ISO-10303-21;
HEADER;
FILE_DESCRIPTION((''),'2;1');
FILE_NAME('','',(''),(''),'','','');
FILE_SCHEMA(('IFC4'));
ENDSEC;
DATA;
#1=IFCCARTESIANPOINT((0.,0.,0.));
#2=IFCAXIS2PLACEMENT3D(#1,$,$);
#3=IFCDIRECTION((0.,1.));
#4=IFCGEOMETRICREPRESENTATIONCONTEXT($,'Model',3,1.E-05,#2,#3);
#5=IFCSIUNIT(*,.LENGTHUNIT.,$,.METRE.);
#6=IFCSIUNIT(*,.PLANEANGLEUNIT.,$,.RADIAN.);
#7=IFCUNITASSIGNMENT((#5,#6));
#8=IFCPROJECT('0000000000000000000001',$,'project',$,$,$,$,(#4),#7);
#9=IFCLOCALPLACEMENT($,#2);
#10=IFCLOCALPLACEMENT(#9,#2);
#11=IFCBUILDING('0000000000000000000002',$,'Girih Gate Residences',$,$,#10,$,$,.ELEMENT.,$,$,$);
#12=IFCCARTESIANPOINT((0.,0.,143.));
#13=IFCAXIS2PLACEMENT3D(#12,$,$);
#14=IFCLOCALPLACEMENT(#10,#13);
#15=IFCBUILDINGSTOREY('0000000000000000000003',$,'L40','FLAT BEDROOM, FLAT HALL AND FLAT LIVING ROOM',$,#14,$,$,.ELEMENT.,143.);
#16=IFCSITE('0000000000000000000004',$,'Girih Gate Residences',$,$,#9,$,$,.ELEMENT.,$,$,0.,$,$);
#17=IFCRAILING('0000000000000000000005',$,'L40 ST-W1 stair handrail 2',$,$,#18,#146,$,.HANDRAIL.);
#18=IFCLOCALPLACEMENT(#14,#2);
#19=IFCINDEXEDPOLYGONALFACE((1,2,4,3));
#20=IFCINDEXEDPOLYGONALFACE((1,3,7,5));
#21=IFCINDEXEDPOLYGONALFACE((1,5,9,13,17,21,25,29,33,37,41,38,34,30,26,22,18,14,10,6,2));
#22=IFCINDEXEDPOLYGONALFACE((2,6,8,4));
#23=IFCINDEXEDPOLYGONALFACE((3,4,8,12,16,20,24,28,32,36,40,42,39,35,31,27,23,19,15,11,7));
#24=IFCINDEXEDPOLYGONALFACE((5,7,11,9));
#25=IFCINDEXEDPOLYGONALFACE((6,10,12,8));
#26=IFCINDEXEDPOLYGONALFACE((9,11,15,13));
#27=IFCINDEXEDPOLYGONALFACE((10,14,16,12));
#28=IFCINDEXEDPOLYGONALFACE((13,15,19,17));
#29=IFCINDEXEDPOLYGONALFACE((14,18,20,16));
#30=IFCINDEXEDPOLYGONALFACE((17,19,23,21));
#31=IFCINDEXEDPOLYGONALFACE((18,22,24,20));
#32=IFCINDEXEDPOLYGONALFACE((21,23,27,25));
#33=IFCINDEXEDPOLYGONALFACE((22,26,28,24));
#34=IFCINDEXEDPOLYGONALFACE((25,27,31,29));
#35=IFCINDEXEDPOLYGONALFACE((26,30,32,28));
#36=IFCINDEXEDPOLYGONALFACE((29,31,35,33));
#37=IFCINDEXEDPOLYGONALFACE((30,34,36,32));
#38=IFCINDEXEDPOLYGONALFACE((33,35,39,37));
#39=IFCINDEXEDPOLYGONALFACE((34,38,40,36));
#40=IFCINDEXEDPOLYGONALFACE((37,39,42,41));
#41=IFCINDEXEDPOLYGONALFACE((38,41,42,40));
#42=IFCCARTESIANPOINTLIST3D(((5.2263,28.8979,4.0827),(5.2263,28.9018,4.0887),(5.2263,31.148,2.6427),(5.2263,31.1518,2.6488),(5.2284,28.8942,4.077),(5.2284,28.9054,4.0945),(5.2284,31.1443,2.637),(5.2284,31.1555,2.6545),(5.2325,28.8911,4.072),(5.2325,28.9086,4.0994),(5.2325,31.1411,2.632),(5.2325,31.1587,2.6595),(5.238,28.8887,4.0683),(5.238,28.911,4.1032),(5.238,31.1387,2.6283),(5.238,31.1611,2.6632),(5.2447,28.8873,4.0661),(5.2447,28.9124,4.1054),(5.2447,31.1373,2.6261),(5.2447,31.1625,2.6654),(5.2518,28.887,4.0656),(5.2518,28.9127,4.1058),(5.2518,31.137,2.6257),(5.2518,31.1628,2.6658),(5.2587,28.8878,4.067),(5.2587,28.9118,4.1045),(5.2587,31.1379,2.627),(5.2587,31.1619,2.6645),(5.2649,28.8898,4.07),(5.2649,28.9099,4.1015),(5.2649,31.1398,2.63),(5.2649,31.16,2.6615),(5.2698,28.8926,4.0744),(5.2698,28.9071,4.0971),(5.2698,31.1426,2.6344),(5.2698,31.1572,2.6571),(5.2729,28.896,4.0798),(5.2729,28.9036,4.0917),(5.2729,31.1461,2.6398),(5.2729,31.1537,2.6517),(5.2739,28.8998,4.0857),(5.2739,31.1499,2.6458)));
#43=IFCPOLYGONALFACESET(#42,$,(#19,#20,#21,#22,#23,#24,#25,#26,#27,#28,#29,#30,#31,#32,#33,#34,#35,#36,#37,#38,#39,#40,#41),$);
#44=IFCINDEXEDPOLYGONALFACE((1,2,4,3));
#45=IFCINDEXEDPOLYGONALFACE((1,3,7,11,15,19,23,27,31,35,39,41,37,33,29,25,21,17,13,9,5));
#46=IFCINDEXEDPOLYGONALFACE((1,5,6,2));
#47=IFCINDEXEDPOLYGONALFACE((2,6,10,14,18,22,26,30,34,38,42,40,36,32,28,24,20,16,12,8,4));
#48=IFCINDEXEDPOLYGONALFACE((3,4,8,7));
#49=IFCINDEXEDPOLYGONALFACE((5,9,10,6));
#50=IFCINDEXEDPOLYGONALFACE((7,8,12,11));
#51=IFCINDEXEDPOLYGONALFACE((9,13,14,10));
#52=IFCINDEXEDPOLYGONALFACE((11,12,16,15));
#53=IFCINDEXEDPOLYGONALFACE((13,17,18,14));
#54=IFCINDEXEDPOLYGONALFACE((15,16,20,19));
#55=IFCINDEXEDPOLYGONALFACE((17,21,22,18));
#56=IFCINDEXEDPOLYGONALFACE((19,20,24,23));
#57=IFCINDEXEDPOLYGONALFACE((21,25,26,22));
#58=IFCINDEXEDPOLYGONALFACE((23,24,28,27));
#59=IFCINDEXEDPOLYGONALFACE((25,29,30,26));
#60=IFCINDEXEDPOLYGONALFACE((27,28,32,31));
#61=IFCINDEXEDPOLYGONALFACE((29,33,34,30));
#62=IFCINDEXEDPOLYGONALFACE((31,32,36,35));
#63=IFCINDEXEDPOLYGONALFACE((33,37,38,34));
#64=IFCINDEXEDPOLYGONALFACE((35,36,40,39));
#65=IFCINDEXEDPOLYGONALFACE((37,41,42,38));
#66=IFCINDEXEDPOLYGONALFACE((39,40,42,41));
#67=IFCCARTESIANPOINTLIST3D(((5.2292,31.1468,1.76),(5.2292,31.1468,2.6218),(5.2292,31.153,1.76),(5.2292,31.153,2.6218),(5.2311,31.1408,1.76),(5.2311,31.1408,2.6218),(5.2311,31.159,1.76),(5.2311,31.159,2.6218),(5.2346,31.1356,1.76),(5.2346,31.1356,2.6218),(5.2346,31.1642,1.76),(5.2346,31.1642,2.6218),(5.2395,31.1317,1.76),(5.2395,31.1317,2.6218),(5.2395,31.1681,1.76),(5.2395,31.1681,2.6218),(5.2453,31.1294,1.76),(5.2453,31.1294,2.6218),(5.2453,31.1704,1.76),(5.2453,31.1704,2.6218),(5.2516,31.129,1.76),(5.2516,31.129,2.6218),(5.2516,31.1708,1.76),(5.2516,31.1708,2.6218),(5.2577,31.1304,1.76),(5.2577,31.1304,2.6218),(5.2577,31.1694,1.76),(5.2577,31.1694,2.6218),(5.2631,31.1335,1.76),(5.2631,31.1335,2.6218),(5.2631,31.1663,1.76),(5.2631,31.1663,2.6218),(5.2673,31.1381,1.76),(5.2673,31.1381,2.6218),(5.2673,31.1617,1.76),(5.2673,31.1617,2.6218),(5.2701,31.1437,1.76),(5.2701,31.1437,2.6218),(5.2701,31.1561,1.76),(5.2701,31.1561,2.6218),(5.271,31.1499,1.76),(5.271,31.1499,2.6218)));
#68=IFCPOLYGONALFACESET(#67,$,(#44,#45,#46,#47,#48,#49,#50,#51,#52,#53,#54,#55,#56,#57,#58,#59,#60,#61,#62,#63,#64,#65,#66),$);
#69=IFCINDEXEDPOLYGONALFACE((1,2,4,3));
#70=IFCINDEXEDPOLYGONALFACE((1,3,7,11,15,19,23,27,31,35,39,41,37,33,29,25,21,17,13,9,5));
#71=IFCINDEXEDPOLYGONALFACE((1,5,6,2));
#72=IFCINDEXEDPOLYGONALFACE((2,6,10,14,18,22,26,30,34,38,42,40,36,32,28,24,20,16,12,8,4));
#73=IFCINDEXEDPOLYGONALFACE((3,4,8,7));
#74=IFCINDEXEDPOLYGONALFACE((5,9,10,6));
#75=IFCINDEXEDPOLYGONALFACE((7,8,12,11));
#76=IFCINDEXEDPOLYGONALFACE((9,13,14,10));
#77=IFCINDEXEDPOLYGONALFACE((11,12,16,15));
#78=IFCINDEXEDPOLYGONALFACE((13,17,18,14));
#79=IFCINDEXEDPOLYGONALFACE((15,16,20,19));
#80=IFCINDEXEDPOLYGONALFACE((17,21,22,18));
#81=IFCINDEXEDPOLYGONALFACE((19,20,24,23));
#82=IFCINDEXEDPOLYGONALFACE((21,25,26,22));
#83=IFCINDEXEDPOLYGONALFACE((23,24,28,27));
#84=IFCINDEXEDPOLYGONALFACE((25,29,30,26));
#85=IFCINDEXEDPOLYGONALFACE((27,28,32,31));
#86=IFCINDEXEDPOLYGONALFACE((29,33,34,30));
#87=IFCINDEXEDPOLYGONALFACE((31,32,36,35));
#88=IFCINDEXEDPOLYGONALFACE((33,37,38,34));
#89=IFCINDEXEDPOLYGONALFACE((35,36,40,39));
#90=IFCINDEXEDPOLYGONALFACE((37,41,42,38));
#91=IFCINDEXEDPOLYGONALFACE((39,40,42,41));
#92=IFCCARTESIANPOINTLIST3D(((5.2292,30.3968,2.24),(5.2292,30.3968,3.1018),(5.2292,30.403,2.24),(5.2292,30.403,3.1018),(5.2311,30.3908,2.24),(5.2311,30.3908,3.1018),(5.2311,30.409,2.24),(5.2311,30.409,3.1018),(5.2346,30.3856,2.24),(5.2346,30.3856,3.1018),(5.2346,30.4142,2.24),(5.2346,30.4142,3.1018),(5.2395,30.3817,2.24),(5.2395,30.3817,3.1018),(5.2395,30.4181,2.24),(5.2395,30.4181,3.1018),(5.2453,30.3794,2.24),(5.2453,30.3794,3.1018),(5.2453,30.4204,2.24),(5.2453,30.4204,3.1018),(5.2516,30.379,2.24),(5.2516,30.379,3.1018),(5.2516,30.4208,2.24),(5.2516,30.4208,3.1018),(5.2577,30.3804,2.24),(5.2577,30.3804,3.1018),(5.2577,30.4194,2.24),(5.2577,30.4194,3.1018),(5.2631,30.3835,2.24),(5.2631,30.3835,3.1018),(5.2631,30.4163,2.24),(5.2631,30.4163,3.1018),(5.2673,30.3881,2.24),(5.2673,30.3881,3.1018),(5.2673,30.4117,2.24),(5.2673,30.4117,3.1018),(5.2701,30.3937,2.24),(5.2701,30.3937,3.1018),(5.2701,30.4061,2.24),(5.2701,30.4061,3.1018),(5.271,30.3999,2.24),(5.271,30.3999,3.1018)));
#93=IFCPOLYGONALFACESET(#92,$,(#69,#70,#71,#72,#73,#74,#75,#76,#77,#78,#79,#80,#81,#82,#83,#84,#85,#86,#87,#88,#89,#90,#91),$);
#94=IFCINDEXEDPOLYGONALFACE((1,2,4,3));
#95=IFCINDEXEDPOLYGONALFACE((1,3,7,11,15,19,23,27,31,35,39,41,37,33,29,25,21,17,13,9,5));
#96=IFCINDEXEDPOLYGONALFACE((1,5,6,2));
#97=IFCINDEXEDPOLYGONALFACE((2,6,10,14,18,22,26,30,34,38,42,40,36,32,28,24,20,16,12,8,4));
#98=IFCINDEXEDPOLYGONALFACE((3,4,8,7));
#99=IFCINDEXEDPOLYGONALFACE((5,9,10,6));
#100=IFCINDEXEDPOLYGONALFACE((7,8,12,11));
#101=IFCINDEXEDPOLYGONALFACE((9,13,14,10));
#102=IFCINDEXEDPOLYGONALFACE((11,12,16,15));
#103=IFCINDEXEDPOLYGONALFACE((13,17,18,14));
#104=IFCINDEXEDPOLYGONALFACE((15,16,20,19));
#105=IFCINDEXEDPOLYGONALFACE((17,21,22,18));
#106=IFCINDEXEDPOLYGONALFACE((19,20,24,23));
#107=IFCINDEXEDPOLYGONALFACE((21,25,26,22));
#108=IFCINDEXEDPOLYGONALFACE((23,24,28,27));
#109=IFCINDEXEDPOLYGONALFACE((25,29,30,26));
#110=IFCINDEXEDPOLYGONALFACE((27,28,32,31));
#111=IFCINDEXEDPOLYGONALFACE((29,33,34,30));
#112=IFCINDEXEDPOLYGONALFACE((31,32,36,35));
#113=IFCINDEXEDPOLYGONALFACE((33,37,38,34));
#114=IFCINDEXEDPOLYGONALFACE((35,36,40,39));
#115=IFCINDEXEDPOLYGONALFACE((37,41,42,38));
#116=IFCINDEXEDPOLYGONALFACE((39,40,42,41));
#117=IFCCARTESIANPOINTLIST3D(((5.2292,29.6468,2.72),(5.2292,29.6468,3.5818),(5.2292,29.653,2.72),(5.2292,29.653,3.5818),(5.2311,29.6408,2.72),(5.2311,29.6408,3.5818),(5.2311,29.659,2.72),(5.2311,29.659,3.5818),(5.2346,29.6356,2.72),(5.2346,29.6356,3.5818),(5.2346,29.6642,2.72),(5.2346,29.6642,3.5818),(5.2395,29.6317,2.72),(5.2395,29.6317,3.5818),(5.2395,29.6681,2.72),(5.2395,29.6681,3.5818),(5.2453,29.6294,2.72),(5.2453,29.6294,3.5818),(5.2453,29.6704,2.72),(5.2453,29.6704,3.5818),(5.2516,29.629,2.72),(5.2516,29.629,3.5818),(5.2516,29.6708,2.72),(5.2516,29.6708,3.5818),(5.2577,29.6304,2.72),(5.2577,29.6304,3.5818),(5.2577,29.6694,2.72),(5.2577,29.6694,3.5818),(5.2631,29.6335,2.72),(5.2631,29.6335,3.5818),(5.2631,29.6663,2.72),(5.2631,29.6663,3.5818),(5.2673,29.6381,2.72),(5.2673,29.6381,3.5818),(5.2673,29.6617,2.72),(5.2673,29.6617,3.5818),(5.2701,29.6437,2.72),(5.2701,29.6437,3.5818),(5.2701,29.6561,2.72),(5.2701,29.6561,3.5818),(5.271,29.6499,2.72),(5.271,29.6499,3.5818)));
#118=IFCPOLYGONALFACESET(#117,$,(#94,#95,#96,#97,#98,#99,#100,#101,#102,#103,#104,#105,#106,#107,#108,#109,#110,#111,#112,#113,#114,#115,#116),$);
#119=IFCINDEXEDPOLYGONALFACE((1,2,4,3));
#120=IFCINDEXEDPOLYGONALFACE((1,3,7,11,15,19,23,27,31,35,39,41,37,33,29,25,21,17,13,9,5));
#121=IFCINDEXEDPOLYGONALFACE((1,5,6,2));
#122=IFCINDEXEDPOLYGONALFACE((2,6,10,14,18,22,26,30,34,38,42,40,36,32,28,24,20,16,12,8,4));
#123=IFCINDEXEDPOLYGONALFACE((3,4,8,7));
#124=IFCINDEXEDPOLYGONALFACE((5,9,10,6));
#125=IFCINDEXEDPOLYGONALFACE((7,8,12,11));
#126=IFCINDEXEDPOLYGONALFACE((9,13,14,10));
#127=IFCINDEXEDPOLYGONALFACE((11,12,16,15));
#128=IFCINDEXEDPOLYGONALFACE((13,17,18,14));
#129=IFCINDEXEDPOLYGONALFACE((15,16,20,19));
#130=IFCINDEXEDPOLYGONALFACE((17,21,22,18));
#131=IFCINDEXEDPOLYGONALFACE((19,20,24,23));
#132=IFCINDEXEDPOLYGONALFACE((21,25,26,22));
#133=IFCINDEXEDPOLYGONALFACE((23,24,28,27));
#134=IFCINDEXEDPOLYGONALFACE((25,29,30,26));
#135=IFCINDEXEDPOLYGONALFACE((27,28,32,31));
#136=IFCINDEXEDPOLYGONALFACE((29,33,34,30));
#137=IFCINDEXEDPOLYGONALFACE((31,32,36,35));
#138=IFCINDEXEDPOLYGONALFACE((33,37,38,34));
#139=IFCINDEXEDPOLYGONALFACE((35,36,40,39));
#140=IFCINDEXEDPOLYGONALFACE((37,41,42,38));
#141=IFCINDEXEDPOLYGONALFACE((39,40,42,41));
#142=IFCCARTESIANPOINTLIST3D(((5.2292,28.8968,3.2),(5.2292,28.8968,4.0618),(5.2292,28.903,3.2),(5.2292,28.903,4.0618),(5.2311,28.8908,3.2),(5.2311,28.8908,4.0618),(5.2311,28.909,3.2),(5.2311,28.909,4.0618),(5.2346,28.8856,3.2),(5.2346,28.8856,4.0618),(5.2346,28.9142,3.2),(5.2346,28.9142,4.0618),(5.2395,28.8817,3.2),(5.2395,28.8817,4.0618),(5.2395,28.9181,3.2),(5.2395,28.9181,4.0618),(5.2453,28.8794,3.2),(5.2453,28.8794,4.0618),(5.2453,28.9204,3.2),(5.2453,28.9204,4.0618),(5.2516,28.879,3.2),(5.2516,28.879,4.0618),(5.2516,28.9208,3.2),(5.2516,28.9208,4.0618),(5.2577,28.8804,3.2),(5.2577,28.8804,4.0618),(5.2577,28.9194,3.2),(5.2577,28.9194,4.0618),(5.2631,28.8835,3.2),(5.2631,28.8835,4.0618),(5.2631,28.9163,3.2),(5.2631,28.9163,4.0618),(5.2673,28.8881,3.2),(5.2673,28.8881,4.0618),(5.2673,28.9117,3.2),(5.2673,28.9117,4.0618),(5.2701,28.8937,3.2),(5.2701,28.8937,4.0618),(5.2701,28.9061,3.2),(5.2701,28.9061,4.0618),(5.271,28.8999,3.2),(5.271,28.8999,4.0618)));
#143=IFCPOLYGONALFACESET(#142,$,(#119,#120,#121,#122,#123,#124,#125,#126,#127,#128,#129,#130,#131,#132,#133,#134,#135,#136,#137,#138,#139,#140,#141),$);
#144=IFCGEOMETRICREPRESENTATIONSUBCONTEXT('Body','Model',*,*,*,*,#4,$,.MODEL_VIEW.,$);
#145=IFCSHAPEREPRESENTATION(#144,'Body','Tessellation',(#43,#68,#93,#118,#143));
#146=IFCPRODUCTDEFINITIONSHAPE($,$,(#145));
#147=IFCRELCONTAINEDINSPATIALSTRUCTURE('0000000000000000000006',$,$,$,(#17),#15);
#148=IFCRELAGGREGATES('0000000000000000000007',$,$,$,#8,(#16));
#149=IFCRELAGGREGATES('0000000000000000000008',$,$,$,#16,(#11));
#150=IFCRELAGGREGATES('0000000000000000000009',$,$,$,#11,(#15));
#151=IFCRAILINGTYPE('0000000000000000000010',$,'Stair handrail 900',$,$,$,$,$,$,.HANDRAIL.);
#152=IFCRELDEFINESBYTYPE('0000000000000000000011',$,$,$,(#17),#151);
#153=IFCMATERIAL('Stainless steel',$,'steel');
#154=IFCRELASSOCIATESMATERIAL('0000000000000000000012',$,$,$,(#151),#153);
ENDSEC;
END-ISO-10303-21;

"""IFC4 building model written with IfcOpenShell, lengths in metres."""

from ifc_helpers import new_model, si_unit, direction, frame, origin, origin_2d, place, context, subcontext, project, spatial, circle, extrude, material, type_object, element, save


model = new_model("IFC4")

# Units and contexts
model_context = context("Model", 3, precision=1e-05, world=origin(), true_north=direction((0.0, 1.0)))
body_context = subcontext(model_context, "Body", "Model", "MODEL_VIEW")
ifc_project = project(units=[si_unit("LENGTHUNIT", "METRE"), si_unit("PLANEANGLEUNIT", "RADIAN")], contexts=[model_context])

# Site, building, storey
site_placement = place(None, origin())
site = spatial("IfcSite", under=ifc_project, at=site_placement, Name="Girih Gate Residences", CompositionType="ELEMENT", RefElevation=0.0)
building_placement = place(site_placement, origin())
building = spatial("IfcBuilding", under=site, at=building_placement, Name="Girih Gate Residences", CompositionType="ELEMENT")
storey_placement = place(building_placement, frame((0.0, 0.0, 143.0)))
storey = spatial("IfcBuildingStorey", under=building, at=storey_placement, Name="L40", Description="FLAT BEDROOM, FLAT HALL AND FLAT LIVING ROOM", CompositionType="ELEMENT", Elevation=143.0)

# Shared definitions
ifc_material_1 = material(Name="Stainless steel", Category="steel")

# Railing
railing_type_1 = type_object("IfcRailingType", Name="Stair handrail 900", PredefinedType="HANDRAIL", material=ifc_material_1)
railing_1_placement = place(storey_placement, frame((5.25, 31.1499, 1.76)))
element("IfcRailing", 1, at=railing_1_placement, inside=storey, type_object=railing_type_1, Name="L40 ST-W1 stair handrail 2", PredefinedType="HANDRAIL", context=body_context, shape_type="SweptSolid", body=[
    extrude(circle(Radius=0.0239, at=origin_2d()), frame((0.0, 0.0, 0.8857), z_axis=(0.0, -0.842281, 0.539038), x_axis=(1.0, 0.0, 0.0)), (0.0, 0.0, 1.0), 2.6714),
    extrude(circle(Radius=0.021, at=origin_2d()), origin(), (0.0, 0.0, 1.0), 0.8618),
    extrude(circle(Radius=0.021, at=origin_2d()), frame((0.0, -0.75, 0.48)), (0.0, 0.0, 1.0), 0.8618),
    extrude(circle(Radius=0.021, at=origin_2d()), frame((0.0, -1.5, 0.96)), (0.0, 0.0, 1.0), 0.8618),
    extrude(circle(Radius=0.021, at=origin_2d()), frame((0.0, -2.25, 1.4399)), (0.0, 0.0, 1.0), 0.8618),
])

save(model, "model.ifc")
